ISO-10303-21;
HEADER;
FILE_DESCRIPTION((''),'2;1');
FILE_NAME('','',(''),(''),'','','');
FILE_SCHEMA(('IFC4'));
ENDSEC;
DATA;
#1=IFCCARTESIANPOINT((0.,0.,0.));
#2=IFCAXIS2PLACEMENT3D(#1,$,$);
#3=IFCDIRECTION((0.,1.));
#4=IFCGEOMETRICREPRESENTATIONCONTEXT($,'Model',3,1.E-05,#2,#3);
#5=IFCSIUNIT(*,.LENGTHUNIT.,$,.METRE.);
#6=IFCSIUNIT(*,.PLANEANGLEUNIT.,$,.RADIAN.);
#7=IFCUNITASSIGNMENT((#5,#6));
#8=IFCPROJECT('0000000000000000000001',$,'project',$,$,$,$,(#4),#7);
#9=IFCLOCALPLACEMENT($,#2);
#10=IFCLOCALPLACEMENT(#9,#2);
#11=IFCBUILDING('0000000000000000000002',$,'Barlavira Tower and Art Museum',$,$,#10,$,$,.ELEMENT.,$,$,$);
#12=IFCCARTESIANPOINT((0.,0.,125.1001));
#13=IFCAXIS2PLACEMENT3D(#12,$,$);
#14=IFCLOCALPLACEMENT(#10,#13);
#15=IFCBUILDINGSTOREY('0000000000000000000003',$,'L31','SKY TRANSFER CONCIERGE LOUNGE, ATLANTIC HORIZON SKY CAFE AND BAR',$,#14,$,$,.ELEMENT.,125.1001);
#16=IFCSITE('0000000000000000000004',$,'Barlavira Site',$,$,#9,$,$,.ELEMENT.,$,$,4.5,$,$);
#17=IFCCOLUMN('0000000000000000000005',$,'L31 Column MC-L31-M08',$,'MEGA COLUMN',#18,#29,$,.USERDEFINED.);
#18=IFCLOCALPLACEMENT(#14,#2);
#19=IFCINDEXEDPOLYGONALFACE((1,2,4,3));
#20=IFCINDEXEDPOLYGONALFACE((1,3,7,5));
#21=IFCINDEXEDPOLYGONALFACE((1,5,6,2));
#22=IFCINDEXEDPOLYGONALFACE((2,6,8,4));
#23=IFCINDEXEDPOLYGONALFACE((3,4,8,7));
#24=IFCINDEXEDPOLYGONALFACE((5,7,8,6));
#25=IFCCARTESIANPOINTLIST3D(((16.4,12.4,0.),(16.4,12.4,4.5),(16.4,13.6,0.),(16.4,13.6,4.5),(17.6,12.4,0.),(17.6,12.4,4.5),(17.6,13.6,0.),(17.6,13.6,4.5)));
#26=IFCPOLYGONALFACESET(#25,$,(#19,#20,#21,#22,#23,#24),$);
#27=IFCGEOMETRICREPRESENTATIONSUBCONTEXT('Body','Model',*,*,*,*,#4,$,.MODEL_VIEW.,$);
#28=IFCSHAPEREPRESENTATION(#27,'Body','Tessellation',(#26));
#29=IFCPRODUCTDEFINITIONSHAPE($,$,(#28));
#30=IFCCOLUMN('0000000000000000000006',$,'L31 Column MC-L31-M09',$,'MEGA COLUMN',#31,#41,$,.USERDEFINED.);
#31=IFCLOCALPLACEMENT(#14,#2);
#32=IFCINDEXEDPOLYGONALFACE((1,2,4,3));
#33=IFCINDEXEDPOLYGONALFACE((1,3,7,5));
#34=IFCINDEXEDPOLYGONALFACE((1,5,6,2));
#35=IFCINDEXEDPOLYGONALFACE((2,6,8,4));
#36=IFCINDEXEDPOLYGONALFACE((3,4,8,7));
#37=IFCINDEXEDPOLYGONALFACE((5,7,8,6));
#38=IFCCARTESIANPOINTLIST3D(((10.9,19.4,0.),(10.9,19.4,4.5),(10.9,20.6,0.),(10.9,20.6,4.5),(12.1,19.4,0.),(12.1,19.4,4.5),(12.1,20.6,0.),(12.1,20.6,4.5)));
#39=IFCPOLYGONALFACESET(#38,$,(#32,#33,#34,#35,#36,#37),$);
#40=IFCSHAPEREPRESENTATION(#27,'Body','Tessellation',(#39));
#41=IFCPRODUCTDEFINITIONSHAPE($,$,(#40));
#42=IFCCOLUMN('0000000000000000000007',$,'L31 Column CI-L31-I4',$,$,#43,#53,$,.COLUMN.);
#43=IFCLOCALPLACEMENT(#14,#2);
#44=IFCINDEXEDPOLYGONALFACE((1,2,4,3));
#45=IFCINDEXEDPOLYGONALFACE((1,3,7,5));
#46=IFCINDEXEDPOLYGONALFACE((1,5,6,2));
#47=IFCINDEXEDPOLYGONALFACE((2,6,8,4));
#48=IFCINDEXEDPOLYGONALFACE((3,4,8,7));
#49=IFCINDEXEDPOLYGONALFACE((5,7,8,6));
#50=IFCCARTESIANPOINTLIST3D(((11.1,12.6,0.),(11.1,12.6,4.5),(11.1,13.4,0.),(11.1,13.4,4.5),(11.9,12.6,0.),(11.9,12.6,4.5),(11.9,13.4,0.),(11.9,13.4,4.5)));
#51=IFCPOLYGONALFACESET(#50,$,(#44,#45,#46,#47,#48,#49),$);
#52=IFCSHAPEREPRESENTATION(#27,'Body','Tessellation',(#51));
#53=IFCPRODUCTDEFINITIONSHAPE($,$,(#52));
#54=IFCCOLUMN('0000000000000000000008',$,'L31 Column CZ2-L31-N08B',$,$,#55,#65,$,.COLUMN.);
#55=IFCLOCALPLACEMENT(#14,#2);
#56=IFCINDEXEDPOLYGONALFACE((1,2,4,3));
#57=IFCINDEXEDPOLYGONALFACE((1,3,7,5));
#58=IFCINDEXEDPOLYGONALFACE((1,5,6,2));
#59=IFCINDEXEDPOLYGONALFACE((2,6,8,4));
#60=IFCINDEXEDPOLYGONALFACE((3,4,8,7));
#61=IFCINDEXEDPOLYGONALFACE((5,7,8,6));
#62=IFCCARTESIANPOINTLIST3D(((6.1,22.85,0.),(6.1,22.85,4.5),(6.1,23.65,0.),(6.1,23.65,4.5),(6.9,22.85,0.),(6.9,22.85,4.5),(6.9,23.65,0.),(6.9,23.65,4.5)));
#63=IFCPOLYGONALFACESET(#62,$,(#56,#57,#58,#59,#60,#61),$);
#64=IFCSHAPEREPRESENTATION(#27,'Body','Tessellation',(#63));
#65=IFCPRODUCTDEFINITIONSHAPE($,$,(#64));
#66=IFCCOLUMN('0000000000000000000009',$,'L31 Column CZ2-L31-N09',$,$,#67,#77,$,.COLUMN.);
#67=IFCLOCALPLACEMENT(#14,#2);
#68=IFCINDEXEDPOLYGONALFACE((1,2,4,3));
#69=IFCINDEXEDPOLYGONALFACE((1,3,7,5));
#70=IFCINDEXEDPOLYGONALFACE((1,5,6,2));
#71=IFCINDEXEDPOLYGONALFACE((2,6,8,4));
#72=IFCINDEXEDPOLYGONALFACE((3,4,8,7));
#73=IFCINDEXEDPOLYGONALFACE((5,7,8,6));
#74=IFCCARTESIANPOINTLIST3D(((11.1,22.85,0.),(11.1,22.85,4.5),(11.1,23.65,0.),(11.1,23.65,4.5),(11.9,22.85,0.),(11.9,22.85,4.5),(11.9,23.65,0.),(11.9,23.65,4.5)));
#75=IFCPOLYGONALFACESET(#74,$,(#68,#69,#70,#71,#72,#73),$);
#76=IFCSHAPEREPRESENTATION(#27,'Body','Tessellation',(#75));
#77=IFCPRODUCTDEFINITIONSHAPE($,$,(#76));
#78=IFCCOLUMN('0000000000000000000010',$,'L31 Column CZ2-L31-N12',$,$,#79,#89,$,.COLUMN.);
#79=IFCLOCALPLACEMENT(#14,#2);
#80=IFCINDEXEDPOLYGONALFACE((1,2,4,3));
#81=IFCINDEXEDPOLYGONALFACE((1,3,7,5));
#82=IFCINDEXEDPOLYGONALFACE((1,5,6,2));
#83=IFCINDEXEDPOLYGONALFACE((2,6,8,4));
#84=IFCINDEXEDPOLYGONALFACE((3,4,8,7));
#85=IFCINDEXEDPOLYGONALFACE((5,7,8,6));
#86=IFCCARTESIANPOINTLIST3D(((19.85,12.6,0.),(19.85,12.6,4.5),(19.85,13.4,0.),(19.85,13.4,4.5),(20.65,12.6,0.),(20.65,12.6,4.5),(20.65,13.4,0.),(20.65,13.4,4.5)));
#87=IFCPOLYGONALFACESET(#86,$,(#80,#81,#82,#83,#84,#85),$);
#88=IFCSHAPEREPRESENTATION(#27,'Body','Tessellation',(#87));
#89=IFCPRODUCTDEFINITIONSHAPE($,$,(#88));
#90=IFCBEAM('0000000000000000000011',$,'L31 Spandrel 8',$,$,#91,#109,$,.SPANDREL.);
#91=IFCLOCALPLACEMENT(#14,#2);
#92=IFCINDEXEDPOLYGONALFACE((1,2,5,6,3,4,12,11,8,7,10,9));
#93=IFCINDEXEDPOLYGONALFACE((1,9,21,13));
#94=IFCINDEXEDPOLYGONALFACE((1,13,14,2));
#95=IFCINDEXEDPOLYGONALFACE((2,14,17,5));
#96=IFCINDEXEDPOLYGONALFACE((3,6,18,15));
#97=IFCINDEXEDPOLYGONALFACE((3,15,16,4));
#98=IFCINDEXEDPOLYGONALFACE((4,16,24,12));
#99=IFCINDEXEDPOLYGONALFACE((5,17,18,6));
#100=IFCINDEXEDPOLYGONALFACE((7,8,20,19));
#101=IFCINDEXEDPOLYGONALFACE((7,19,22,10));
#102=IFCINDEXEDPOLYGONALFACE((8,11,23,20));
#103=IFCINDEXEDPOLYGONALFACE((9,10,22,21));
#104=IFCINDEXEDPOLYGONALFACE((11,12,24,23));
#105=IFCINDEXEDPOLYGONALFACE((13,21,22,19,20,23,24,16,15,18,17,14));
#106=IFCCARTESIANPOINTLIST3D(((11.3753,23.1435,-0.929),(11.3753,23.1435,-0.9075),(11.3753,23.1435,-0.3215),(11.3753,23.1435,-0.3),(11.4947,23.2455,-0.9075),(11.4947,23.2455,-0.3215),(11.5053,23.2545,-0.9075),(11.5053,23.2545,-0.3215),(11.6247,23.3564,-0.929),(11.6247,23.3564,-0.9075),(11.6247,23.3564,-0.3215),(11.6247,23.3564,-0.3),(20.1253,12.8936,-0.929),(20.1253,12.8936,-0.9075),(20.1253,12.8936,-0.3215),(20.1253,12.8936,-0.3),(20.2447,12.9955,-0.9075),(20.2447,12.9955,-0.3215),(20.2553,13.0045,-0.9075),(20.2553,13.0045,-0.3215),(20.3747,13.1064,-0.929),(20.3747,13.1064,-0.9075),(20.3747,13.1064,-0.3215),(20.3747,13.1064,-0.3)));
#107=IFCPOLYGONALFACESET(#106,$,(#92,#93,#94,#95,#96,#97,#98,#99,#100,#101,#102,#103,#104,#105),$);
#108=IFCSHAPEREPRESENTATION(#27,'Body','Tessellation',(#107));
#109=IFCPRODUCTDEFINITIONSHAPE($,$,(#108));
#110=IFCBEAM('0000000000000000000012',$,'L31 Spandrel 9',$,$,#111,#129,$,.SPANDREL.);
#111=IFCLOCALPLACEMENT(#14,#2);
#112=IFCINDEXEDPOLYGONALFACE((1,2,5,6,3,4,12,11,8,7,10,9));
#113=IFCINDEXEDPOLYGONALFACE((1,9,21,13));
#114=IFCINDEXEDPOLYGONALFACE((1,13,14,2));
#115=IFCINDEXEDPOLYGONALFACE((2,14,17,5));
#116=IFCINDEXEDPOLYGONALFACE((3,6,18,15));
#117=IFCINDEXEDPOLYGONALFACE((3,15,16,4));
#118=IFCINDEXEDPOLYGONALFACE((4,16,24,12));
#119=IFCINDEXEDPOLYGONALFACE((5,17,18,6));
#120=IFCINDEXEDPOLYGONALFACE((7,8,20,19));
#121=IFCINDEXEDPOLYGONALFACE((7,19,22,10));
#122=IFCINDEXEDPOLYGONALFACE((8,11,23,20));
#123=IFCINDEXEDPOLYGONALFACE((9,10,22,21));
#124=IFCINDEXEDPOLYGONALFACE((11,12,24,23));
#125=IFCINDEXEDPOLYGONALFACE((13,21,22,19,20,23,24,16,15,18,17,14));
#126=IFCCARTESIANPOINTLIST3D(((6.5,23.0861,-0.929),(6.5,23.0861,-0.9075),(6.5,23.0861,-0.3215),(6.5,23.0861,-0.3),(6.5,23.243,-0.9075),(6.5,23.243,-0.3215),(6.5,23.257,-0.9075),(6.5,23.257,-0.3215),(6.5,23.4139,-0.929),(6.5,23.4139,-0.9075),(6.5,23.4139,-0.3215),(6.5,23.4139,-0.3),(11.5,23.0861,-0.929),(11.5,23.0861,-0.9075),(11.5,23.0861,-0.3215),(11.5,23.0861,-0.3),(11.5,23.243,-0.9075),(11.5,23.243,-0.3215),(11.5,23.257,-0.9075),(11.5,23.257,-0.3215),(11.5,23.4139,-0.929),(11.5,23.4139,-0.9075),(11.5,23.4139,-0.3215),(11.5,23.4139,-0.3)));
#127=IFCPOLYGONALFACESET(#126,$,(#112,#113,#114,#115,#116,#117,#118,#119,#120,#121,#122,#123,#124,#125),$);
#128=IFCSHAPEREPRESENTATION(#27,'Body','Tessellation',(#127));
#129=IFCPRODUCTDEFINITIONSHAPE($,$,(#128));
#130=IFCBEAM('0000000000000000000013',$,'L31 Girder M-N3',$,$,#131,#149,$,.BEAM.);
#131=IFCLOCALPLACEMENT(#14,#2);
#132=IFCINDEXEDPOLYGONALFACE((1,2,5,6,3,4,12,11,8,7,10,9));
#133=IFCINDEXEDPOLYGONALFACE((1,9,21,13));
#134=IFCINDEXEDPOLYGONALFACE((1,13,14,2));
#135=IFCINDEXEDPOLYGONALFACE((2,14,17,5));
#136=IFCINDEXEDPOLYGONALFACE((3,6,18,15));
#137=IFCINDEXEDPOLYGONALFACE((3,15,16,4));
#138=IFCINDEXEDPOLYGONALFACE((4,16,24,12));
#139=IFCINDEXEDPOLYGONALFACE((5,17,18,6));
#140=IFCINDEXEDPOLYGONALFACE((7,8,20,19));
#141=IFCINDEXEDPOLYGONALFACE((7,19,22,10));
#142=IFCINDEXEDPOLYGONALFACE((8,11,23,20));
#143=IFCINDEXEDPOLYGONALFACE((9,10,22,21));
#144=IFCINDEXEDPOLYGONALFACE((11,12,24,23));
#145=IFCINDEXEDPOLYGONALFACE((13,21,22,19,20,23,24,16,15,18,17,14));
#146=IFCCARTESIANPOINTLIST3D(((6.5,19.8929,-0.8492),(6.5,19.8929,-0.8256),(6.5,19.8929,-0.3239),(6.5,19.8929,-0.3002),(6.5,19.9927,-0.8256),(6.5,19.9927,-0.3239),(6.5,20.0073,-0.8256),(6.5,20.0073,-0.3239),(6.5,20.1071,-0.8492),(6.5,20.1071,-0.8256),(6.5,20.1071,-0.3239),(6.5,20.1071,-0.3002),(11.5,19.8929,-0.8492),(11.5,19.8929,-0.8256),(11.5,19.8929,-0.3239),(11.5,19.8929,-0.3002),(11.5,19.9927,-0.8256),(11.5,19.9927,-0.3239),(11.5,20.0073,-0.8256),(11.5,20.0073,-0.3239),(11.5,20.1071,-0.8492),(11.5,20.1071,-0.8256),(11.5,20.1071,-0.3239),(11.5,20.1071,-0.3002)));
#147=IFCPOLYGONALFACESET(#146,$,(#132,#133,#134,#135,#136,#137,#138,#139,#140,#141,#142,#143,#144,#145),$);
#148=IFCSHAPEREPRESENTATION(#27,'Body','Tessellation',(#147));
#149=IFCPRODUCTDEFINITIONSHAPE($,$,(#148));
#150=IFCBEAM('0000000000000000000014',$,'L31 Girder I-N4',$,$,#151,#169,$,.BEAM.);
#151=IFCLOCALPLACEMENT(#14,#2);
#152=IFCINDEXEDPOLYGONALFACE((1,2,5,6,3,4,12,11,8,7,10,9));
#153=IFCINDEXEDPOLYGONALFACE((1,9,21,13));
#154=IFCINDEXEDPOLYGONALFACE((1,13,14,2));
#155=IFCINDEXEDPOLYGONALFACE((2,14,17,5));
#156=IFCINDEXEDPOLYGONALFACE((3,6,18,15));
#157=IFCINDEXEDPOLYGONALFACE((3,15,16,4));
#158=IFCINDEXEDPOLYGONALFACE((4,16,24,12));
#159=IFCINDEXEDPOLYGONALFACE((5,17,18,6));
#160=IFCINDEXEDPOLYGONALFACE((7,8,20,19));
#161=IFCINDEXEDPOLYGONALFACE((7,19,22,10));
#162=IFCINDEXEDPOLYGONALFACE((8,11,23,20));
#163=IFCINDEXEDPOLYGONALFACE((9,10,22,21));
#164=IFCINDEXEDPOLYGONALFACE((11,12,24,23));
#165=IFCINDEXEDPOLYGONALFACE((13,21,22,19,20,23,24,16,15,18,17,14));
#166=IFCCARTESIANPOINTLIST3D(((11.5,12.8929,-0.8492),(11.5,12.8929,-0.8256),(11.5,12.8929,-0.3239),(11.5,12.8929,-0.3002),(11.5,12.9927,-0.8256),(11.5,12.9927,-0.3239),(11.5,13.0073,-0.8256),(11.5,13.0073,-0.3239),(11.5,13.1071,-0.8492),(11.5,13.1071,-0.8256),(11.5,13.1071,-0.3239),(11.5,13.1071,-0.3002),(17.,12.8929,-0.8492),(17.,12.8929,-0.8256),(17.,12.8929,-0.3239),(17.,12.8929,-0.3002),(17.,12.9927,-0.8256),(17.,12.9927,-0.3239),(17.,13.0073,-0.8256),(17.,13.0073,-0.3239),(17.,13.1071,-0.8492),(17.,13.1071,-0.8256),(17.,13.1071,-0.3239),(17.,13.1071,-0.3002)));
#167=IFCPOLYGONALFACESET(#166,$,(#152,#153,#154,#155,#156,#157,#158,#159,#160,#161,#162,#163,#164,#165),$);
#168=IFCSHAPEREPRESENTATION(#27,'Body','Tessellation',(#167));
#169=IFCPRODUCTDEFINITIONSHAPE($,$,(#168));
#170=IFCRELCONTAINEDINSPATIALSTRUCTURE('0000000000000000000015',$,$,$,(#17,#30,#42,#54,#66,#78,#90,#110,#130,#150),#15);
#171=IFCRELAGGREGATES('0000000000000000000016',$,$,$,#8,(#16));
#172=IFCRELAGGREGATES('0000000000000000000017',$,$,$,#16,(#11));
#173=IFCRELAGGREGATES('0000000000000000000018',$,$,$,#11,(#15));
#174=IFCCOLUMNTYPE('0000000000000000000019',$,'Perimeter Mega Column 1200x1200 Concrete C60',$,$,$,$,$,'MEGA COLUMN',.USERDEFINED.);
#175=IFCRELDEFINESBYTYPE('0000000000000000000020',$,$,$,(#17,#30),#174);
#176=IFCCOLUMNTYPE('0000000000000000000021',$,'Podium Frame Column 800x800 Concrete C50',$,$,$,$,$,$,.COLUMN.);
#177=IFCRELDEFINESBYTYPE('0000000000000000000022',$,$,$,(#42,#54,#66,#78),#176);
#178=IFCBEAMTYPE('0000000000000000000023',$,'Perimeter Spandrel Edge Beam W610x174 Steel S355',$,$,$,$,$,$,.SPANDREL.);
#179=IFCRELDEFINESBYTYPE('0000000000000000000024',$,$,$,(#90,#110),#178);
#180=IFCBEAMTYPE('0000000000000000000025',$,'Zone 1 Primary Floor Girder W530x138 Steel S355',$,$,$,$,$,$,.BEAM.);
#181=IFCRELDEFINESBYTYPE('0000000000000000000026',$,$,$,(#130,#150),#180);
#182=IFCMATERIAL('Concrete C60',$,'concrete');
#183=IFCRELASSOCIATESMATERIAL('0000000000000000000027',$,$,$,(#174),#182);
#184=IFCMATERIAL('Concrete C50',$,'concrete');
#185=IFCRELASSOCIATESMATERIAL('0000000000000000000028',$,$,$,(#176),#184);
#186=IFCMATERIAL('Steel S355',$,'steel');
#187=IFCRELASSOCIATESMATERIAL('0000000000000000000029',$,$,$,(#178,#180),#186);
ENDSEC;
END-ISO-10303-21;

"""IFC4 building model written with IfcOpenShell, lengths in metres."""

from ifc_helpers import new_model, si_unit, direction, frame, origin, origin_2d, place, context, subcontext, project, spatial, rectangle, i_section, extrude, material, material_profile, profile_set, type_object, element, save


model = new_model("IFC4")

# Units and contexts
model_context = context("Model", 3, precision=1e-05, world=origin(), true_north=direction((0.0, 1.0)))
body_context = subcontext(model_context, "Body", "Model", "MODEL_VIEW")
ifc_project = project(units=[si_unit("LENGTHUNIT", "METRE"), si_unit("PLANEANGLEUNIT", "RADIAN")], contexts=[model_context])

# Site, building, storey
site_placement = place(None, origin())
site = spatial("IfcSite", under=ifc_project, at=site_placement, Name="Barlavira Site", CompositionType="ELEMENT", RefElevation=4.5)
building_placement = place(site_placement, origin())
building = spatial("IfcBuilding", under=site, at=building_placement, Name="Barlavira Tower and Art Museum", CompositionType="ELEMENT")
storey_placement = place(building_placement, frame((0.0, 0.0, 125.1001)))
storey = spatial("IfcBuildingStorey", under=building, at=storey_placement, Name="L31", Description="SKY TRANSFER CONCIERGE LOUNGE, ATLANTIC HORIZON SKY CAFE AND BAR", CompositionType="ELEMENT", Elevation=125.1001)

# Columns
ifc_material_1 = material(Name="Concrete C60", Category="concrete")
ifc_material_profile_1 = material_profile(ifc_material_1, rectangle(XDim=1.2, YDim=1.2, at=origin_2d()), Name="RC-COL 1200x1200")
ifc_profile_set_1 = profile_set([ifc_material_profile_1], Name="Concrete C60")
column_type_1 = type_object("IfcColumnType", Name="Perimeter Mega Column 1200x1200 Concrete C60", ElementType="MEGA COLUMN", PredefinedType="USERDEFINED", material=ifc_profile_set_1)
for number, where, z_axis, x_axis, name in (
    (1, (17.0, 13.0, 0.0), (0.0, 0.0, 1.0), (1.0, 0.0, 0.0), "L31 Column MC-L31-M08"),
    (2, (11.5, 20.0, 0.0), (0.0, 0.0, 1.0), (1.0, 0.0, 0.0), "L31 Column MC-L31-M09"),
):
    element("IfcColumn", number, at=place(storey_placement, frame(where, z_axis=z_axis, x_axis=x_axis)), inside=storey, type_object=column_type_1, Name=name, ObjectType="MEGA COLUMN", PredefinedType="USERDEFINED", context=body_context, shape_type="SweptSolid", body=[
        extrude(rectangle(XDim=1.2, YDim=1.2, at=origin_2d()), origin(), (0.0, 0.0, 1.0), 4.5),
    ])
ifc_material_2 = material(Name="Concrete C50", Category="concrete")
ifc_material_profile_2 = material_profile(ifc_material_2, rectangle(XDim=0.8, YDim=0.8, at=origin_2d()), Name="RC-COL 800x800")
ifc_profile_set_2 = profile_set([ifc_material_profile_2], Name="Concrete C50")
column_type_2 = type_object("IfcColumnType", Name="Podium Frame Column 800x800 Concrete C50", PredefinedType="COLUMN", material=ifc_profile_set_2)
for number, where, z_axis, x_axis, name in (
    (3, (11.5, 13.0, 0.0), (0.0, 0.0, 1.0), (1.0, 0.0, 0.0), "L31 Column CI-L31-I4"),
    (4, (6.5, 23.25, 0.0), (0.0, 0.0, 1.0), (1.0, 0.0, 0.0), "L31 Column CZ2-L31-N08B"),
    (5, (11.5, 23.25, 0.0), (0.0, 0.0, 1.0), (1.0, 0.0, 0.0), "L31 Column CZ2-L31-N09"),
    (6, (20.25, 13.0, 0.0), (0.0, 0.0, 1.0), (1.0, 0.0, 0.0), "L31 Column CZ2-L31-N12"),
):
    element("IfcColumn", number, at=place(storey_placement, frame(where, z_axis=z_axis, x_axis=x_axis)), inside=storey, type_object=column_type_2, Name=name, PredefinedType="COLUMN", context=body_context, shape_type="SweptSolid", body=[
        extrude(rectangle(XDim=0.8, YDim=0.8, at=origin_2d()), origin(), (0.0, 0.0, 1.0), 4.5),
    ])

# Beams
ifc_material_3 = material(Name="Steel S355", Category="steel")
ifc_material_profile_3 = material_profile(ifc_material_3, i_section(OverallWidth=0.3279, OverallDepth=0.6289, WebThickness=0.0139, FlangeThickness=0.0215, at=origin_2d()), Name="W610x174.0")
ifc_profile_set_3 = profile_set([ifc_material_profile_3], Name="Steel S355")
beam_type_1 = type_object("IfcBeamType", Name="Perimeter Spandrel Edge Beam W610x174 Steel S355", PredefinedType="SPANDREL", material=ifc_profile_set_3)
beam_1_placement = place(storey_placement, frame((20.25, 13.0, -0.6145), z_axis=(-0.649262, 0.760565, 0.0), x_axis=(-0.760565, -0.649262, 0.0)))
element("IfcBeam", 7, at=beam_1_placement, inside=storey, type_object=beam_type_1, Name="L31 Spandrel 8", PredefinedType="SPANDREL", context=body_context, shape_type="SweptSolid", body=[
    extrude(i_section(OverallWidth=0.3279, OverallDepth=0.6289, WebThickness=0.0139, FlangeThickness=0.0215, at=origin_2d()), origin(), (0.0, 0.0, 1.0), 13.4768),
])
beam_2_placement = place(storey_placement, frame((6.5, 23.25, -0.6145), z_axis=(1.0, 0.0, 0.0), x_axis=(0.0, 1.0, 0.0)))
element("IfcBeam", 8, at=beam_2_placement, inside=storey, type_object=beam_type_1, Name="L31 Spandrel 9", PredefinedType="SPANDREL", context=body_context, shape_type="SweptSolid", body=[
    extrude(i_section(OverallWidth=0.3279, OverallDepth=0.6289, WebThickness=0.0139, FlangeThickness=0.0215, at=origin_2d()), origin(), (0.0, 0.0, 1.0), 5.0),
])
ifc_material_profile_4 = material_profile(ifc_material_3, i_section(OverallWidth=0.2141, OverallDepth=0.5491, WebThickness=0.0146, FlangeThickness=0.0237, at=origin_2d()), Name="W530x138.0")
ifc_profile_set_4 = profile_set([ifc_material_profile_4], Name="Steel S355")
beam_type_2 = type_object("IfcBeamType", Name="Zone 1 Primary Floor Girder W530x138 Steel S355", PredefinedType="BEAM", material=ifc_profile_set_4)
beam_3_placement = place(storey_placement, frame((6.5, 20.0, -0.5747), z_axis=(1.0, 0.0, 0.0), x_axis=(0.0, 1.0, 0.0)))
element("IfcBeam", 9, at=beam_3_placement, inside=storey, type_object=beam_type_2, Name="L31 Girder M-N3", PredefinedType="BEAM", context=body_context, shape_type="SweptSolid", body=[
    extrude(i_section(OverallWidth=0.2141, OverallDepth=0.5491, WebThickness=0.0146, FlangeThickness=0.0237, at=origin_2d()), origin(), (0.0, 0.0, 1.0), 5.0),
])
beam_4_placement = place(storey_placement, frame((11.5, 13.0, -0.5747), z_axis=(1.0, 0.0, 0.0), x_axis=(0.0, 1.0, 0.0)))
element("IfcBeam", 10, at=beam_4_placement, inside=storey, type_object=beam_type_2, Name="L31 Girder I-N4", PredefinedType="BEAM", context=body_context, shape_type="SweptSolid", body=[
    extrude(i_section(OverallWidth=0.2141, OverallDepth=0.5491, WebThickness=0.0146, FlangeThickness=0.0237, at=origin_2d()), origin(), (0.0, 0.0, 1.0), 5.5),
])

save(model, "model.ifc")
